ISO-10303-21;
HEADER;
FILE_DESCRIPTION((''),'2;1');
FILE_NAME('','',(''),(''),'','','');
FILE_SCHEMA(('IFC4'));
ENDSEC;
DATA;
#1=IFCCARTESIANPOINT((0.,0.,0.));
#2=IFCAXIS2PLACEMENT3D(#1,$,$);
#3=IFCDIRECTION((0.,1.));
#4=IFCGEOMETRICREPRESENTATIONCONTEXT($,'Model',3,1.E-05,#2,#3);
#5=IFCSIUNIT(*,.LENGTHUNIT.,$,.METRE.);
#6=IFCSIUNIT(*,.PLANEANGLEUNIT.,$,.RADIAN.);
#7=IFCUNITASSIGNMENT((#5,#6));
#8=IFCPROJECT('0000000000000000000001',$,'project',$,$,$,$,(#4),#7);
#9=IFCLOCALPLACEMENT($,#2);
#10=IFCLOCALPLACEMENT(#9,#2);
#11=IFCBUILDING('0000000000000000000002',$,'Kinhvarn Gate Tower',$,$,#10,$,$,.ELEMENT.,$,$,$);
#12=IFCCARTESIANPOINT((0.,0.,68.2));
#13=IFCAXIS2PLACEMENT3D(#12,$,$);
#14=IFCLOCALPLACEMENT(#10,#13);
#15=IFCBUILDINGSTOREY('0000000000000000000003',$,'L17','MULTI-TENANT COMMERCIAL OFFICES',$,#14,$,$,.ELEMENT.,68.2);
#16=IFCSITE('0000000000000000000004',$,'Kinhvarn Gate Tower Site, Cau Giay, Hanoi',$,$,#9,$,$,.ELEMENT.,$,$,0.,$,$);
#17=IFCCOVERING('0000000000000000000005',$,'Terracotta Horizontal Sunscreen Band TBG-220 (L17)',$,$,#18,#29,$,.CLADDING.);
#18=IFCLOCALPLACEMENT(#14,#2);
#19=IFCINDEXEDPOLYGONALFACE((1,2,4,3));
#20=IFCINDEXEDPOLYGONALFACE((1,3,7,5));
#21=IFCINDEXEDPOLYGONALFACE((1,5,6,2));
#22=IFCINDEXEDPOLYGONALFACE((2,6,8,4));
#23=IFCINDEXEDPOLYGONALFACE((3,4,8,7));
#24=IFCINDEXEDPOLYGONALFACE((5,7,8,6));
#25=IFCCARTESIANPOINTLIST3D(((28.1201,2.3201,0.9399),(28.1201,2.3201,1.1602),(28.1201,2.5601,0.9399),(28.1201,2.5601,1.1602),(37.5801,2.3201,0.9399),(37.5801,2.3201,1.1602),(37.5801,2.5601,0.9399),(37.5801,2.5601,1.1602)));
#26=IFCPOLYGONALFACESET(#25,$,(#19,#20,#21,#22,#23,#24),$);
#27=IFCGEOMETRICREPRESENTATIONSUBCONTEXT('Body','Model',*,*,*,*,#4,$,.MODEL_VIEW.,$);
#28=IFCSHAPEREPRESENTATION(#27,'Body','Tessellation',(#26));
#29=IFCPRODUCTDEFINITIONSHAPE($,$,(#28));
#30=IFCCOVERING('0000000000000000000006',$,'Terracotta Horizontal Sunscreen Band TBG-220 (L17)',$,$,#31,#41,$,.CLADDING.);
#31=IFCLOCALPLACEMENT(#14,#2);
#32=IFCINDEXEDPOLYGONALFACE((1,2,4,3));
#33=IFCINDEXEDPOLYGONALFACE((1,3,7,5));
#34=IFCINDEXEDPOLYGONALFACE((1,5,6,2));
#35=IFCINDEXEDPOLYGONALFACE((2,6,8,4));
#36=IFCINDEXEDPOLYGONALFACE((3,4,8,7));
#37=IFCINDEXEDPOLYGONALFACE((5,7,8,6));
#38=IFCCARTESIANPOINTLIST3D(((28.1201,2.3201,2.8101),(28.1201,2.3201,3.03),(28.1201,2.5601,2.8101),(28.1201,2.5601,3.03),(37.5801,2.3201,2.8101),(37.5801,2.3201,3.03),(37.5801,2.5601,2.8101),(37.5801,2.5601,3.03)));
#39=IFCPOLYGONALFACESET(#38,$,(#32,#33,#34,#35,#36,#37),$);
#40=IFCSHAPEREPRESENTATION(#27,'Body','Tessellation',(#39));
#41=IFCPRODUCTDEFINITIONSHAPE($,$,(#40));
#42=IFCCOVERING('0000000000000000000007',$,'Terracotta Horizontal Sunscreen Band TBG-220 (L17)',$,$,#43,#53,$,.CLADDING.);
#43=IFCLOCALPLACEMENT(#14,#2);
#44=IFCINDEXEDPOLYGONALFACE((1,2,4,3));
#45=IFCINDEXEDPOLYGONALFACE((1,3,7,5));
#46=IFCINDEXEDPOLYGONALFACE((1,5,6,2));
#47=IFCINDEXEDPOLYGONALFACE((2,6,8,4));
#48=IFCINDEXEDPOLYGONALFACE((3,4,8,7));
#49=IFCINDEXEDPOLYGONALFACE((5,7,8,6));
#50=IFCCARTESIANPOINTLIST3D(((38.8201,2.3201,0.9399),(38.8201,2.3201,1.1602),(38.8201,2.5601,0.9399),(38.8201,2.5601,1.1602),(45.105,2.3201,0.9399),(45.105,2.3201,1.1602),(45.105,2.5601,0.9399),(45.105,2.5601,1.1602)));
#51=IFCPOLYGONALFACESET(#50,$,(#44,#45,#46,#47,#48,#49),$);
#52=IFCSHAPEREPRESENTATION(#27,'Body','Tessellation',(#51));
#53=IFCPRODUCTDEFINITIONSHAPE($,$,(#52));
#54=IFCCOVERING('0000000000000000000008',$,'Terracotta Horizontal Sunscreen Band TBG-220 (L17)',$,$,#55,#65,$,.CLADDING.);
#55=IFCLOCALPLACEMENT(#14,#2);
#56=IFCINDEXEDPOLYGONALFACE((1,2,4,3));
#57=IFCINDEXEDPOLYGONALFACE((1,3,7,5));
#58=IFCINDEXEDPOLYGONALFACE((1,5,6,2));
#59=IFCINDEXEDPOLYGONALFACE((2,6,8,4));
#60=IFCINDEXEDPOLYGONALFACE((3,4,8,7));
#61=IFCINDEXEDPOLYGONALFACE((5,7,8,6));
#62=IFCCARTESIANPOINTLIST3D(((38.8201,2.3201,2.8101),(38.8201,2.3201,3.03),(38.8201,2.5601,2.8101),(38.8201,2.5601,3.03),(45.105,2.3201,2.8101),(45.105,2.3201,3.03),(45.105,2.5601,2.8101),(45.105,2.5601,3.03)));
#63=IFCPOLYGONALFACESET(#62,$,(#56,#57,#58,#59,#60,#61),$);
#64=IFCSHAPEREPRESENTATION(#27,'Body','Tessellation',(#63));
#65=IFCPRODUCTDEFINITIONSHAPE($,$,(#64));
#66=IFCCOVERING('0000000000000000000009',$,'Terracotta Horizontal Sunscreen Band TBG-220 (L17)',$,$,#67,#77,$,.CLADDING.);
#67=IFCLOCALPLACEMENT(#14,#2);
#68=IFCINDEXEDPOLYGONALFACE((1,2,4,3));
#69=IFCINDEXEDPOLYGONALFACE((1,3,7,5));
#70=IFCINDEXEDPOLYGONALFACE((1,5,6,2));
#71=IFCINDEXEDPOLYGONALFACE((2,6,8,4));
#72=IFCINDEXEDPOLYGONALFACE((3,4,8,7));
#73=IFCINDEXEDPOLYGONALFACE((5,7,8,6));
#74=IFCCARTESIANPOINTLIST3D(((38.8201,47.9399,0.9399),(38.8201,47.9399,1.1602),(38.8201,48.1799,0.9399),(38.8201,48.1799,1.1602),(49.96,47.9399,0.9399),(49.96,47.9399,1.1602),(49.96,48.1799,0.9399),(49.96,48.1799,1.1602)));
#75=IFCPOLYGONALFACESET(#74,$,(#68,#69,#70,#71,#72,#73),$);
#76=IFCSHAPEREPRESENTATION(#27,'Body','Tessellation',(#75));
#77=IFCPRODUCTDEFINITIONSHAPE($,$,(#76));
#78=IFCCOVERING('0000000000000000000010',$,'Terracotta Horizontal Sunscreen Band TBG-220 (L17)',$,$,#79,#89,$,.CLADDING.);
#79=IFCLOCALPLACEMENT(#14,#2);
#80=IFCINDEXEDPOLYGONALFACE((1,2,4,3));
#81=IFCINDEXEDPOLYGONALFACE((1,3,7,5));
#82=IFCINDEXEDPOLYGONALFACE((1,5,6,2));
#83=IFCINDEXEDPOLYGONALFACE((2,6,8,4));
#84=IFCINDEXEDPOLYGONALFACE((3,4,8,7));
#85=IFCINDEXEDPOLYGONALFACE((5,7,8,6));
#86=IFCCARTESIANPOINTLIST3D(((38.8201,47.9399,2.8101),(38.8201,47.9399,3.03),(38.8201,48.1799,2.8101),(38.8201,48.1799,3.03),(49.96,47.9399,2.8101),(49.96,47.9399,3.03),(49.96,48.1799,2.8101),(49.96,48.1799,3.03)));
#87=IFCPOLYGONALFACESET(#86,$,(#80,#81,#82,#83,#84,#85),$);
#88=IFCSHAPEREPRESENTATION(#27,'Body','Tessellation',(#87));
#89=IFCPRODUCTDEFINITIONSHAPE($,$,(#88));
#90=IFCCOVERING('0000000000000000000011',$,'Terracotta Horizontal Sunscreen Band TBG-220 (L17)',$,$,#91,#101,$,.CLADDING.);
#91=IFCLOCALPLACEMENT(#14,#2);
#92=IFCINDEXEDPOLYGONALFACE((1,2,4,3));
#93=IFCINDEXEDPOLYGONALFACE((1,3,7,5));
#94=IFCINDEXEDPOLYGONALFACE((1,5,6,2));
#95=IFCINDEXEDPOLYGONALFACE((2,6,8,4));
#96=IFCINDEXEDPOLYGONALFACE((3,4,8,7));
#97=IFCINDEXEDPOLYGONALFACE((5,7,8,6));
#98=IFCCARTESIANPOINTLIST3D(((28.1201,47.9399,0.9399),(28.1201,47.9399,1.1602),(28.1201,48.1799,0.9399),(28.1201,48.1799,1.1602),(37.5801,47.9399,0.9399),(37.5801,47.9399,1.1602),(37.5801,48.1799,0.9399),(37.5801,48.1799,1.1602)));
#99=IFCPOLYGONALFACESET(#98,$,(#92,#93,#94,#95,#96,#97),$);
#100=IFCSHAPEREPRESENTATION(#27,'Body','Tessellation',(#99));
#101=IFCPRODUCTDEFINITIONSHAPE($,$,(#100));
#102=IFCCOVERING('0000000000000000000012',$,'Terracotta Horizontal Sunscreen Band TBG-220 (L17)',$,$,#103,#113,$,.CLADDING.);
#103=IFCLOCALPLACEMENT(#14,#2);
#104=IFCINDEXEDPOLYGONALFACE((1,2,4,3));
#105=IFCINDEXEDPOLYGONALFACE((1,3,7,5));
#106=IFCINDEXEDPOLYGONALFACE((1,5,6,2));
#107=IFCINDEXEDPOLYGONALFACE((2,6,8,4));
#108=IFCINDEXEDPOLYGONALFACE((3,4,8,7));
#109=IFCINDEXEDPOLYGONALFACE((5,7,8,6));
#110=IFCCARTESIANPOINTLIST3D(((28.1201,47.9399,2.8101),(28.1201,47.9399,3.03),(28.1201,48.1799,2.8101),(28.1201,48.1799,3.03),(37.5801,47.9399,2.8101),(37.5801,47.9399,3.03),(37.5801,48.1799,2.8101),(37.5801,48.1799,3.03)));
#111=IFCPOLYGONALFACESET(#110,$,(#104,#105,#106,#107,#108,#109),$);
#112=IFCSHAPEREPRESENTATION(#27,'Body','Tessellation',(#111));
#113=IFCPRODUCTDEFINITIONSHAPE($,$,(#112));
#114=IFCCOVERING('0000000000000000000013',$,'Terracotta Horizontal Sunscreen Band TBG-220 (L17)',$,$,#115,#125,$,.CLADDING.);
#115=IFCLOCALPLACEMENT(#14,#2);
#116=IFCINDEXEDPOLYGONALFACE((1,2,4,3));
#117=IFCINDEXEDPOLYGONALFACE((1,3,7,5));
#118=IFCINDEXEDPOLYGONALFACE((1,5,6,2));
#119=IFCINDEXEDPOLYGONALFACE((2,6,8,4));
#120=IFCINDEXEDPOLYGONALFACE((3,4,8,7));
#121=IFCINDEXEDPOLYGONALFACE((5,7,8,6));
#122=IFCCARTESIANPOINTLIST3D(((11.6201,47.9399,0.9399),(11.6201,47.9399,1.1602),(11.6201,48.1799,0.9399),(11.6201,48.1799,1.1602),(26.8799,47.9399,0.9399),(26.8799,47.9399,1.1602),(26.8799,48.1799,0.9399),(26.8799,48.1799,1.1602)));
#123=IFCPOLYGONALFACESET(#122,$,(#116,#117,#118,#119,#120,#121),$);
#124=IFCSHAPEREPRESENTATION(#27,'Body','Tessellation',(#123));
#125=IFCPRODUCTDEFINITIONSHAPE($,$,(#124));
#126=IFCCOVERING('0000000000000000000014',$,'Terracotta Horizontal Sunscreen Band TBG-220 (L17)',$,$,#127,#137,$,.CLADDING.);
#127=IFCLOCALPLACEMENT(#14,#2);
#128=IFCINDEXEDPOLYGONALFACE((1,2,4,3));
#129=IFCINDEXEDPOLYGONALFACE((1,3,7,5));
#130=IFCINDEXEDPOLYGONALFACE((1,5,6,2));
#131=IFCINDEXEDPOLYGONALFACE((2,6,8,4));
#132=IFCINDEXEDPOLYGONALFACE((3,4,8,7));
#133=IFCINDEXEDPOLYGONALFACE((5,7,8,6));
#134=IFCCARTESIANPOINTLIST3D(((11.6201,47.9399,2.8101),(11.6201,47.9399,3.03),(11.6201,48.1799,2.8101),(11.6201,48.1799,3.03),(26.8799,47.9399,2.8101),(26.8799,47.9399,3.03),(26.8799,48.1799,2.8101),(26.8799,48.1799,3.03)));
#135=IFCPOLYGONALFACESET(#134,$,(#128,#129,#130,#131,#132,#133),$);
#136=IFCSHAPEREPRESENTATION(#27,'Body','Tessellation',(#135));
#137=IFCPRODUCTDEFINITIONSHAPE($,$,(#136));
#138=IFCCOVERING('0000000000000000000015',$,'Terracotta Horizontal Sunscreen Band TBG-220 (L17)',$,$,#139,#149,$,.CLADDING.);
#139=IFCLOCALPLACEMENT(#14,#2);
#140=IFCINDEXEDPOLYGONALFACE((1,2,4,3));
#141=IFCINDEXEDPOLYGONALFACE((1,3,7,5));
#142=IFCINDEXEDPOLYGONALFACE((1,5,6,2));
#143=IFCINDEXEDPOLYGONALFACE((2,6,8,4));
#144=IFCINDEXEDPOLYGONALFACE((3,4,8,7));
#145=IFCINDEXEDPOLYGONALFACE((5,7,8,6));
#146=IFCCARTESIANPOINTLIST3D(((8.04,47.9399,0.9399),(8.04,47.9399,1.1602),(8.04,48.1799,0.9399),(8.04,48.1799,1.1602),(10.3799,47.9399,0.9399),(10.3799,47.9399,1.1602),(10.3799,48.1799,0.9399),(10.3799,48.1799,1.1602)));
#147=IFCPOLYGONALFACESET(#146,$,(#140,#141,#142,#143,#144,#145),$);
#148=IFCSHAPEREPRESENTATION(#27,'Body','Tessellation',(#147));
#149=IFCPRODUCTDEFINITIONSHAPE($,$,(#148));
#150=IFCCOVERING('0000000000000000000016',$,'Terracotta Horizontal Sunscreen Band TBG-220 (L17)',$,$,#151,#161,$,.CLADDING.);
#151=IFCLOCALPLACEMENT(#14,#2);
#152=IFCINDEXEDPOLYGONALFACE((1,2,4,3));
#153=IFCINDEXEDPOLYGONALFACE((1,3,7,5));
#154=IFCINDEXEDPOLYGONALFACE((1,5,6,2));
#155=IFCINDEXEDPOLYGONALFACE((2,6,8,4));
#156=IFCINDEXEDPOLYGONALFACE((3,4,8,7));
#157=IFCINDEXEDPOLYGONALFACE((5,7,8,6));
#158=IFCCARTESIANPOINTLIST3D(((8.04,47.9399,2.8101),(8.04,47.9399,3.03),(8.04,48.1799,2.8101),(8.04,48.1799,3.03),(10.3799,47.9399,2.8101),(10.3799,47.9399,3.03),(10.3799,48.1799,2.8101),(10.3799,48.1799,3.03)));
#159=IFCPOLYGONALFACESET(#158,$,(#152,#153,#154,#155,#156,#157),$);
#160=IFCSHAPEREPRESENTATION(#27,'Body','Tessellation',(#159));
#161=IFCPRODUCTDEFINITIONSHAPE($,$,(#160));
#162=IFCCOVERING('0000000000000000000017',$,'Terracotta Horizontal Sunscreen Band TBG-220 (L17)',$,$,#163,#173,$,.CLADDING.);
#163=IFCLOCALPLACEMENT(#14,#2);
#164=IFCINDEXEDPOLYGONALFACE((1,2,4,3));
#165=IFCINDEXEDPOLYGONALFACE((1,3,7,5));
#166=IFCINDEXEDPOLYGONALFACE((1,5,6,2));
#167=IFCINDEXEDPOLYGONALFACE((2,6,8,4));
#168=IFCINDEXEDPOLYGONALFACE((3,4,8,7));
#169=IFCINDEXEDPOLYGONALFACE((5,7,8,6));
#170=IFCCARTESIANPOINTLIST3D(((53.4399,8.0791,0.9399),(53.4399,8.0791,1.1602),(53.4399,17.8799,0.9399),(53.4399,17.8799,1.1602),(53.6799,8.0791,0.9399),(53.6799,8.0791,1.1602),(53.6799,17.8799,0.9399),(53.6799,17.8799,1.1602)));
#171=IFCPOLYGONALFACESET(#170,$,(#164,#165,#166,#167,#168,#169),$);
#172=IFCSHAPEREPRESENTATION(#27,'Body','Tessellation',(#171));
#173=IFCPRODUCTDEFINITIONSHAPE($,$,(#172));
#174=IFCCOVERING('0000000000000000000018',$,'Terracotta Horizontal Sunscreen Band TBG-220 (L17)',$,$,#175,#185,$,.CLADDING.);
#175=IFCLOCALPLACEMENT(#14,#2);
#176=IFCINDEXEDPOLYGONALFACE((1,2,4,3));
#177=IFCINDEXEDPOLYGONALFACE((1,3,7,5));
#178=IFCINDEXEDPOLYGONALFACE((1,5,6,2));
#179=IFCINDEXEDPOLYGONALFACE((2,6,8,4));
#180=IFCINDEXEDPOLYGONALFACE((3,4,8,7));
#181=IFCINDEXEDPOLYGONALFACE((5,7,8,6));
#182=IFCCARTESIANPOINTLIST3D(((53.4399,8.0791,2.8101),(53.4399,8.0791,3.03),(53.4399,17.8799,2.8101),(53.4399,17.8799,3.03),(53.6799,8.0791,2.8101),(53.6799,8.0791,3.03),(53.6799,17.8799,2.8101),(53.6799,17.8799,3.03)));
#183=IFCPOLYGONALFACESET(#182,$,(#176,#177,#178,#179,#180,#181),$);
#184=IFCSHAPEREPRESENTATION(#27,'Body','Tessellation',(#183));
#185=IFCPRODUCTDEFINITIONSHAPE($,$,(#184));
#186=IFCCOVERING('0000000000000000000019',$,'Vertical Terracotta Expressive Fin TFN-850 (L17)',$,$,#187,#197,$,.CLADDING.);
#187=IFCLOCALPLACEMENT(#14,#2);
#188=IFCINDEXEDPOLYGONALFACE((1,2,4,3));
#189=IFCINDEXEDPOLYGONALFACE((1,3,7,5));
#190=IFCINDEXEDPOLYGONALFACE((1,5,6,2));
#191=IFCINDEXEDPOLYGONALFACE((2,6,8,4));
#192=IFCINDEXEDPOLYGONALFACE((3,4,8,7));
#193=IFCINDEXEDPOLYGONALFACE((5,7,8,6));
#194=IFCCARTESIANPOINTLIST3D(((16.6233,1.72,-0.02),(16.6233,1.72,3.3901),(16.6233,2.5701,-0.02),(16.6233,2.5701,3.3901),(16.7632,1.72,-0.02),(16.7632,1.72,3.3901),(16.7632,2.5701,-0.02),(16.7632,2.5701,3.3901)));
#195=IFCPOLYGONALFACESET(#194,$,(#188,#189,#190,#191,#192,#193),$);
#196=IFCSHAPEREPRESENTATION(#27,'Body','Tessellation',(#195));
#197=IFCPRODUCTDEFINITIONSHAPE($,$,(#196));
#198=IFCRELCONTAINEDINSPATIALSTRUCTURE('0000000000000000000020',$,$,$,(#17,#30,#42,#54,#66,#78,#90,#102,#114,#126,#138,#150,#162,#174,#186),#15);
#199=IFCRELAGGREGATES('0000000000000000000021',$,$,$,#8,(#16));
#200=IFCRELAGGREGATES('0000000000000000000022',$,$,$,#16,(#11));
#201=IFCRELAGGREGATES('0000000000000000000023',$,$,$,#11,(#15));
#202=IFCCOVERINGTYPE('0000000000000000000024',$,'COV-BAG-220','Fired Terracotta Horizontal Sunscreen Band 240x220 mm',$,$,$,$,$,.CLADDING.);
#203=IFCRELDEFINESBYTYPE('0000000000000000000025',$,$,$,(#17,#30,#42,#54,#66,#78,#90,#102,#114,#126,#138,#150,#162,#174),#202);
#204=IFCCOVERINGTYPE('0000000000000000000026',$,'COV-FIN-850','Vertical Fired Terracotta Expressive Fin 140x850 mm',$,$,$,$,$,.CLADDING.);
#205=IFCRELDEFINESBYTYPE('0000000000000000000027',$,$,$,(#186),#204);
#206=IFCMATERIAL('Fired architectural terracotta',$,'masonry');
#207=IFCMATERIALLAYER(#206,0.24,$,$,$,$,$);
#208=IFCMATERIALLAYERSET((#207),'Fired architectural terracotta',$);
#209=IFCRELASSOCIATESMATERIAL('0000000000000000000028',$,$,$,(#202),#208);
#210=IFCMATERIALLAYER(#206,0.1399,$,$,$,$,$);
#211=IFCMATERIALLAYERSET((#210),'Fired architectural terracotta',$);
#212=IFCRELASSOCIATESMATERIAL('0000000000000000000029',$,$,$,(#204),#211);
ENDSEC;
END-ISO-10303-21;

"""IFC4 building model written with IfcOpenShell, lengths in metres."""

from ifc_helpers import new_model, si_unit, direction, frame, origin, place, context, subcontext, project, spatial, polyline, outline, extrude, material, layer, layer_set, type_object, element, save


model = new_model("IFC4")

# Units and contexts
model_context = context("Model", 3, precision=1e-05, world=origin(), true_north=direction((0.0, 1.0)))
body_context = subcontext(model_context, "Body", "Model", "MODEL_VIEW")
ifc_project = project(units=[si_unit("LENGTHUNIT", "METRE"), si_unit("PLANEANGLEUNIT", "RADIAN")], contexts=[model_context])

# Site, building, storey
site_placement = place(None, origin())
site = spatial("IfcSite", under=ifc_project, at=site_placement, Name="Kinhvarn Gate Tower Site, Cau Giay, Hanoi", CompositionType="ELEMENT", RefElevation=0.0)
building_placement = place(site_placement, origin())
building = spatial("IfcBuilding", under=site, at=building_placement, Name="Kinhvarn Gate Tower", CompositionType="ELEMENT")
storey_placement = place(building_placement, frame((0.0, 0.0, 68.2)))
storey = spatial("IfcBuildingStorey", under=building, at=storey_placement, Name="L17", Description="MULTI-TENANT COMMERCIAL OFFICES", CompositionType="ELEMENT", Elevation=68.2)

# Coverings
ifc_material_1 = material(Name="Fired architectural terracotta", Category="masonry")
ifc_layer_1 = layer(ifc_material_1, 0.24)
ifc_layer_set_1 = layer_set([ifc_layer_1], Name="Fired architectural terracotta")
covering_type_1 = type_object("IfcCoveringType", Name="COV-BAG-220", Description="Fired Terracotta Horizontal Sunscreen Band 240x220 mm", PredefinedType="CLADDING", material=ifc_layer_set_1)
covering_1_placement = place(storey_placement, frame((0.0, 0.0, 0.9399)))
element("IfcCovering", 1, at=covering_1_placement, inside=storey, type_object=covering_type_1, Name="Terracotta Horizontal Sunscreen Band TBG-220 (L17)", PredefinedType="CLADDING", context=body_context, shape_type="SweptSolid", body=[
    extrude(outline(polyline([(28.1201, 2.5601), (37.5801, 2.5601), (37.5801, 2.3201), (28.1201, 2.3201), (28.1201, 2.5601)])), origin(), (0.0, 0.0, 1.0), 0.2202),
])
covering_2_placement = place(storey_placement, frame((0.0, 0.0, 2.8101)))
element("IfcCovering", 2, at=covering_2_placement, inside=storey, type_object=covering_type_1, Name="Terracotta Horizontal Sunscreen Band TBG-220 (L17)", PredefinedType="CLADDING", context=body_context, shape_type="SweptSolid", body=[
    extrude(outline(polyline([(28.1201, 2.5601), (37.5801, 2.5601), (37.5801, 2.3201), (28.1201, 2.3201), (28.1201, 2.5601)])), origin(), (0.0, 0.0, 1.0), 0.22),
])
covering_3_placement = place(storey_placement, frame((0.0, 0.0, 0.9399)))
element("IfcCovering", 3, at=covering_3_placement, inside=storey, type_object=covering_type_1, Name="Terracotta Horizontal Sunscreen Band TBG-220 (L17)", PredefinedType="CLADDING", context=body_context, shape_type="SweptSolid", body=[
    extrude(outline(polyline([(38.8201, 2.5601), (45.105, 2.5601), (45.105, 2.3201), (38.8201, 2.3201), (38.8201, 2.5601)])), origin(), (0.0, 0.0, 1.0), 0.2202),
])
covering_4_placement = place(storey_placement, frame((0.0, 0.0, 2.8101)))
element("IfcCovering", 4, at=covering_4_placement, inside=storey, type_object=covering_type_1, Name="Terracotta Horizontal Sunscreen Band TBG-220 (L17)", PredefinedType="CLADDING", context=body_context, shape_type="SweptSolid", body=[
    extrude(outline(polyline([(38.8201, 2.5601), (45.105, 2.5601), (45.105, 2.3201), (38.8201, 2.3201), (38.8201, 2.5601)])), origin(), (0.0, 0.0, 1.0), 0.22),
])
covering_5_placement = place(storey_placement, frame((0.0, 0.0, 0.9399)))
element("IfcCovering", 5, at=covering_5_placement, inside=storey, type_object=covering_type_1, Name="Terracotta Horizontal Sunscreen Band TBG-220 (L17)", PredefinedType="CLADDING", context=body_context, shape_type="SweptSolid", body=[
    extrude(outline(polyline([(49.96, 47.9399), (38.8201, 47.9399), (38.8201, 48.1799), (49.96, 48.1799), (49.96, 47.9399)])), origin(), (0.0, 0.0, 1.0), 0.2202),
])
covering_6_placement = place(storey_placement, frame((0.0, 0.0, 2.8101)))
element("IfcCovering", 6, at=covering_6_placement, inside=storey, type_object=covering_type_1, Name="Terracotta Horizontal Sunscreen Band TBG-220 (L17)", PredefinedType="CLADDING", context=body_context, shape_type="SweptSolid", body=[
    extrude(outline(polyline([(49.96, 47.9399), (38.8201, 47.9399), (38.8201, 48.1799), (49.96, 48.1799), (49.96, 47.9399)])), origin(), (0.0, 0.0, 1.0), 0.22),
])
covering_7_placement = place(storey_placement, frame((0.0, 0.0, 0.9399)))
element("IfcCovering", 7, at=covering_7_placement, inside=storey, type_object=covering_type_1, Name="Terracotta Horizontal Sunscreen Band TBG-220 (L17)", PredefinedType="CLADDING", context=body_context, shape_type="SweptSolid", body=[
    extrude(outline(polyline([(37.5801, 47.9399), (28.1201, 47.9399), (28.1201, 48.1799), (37.5801, 48.1799), (37.5801, 47.9399)])), origin(), (0.0, 0.0, 1.0), 0.2202),
])
covering_8_placement = place(storey_placement, frame((0.0, 0.0, 2.8101)))
element("IfcCovering", 8, at=covering_8_placement, inside=storey, type_object=covering_type_1, Name="Terracotta Horizontal Sunscreen Band TBG-220 (L17)", PredefinedType="CLADDING", context=body_context, shape_type="SweptSolid", body=[
    extrude(outline(polyline([(37.5801, 47.9399), (28.1201, 47.9399), (28.1201, 48.1799), (37.5801, 48.1799), (37.5801, 47.9399)])), origin(), (0.0, 0.0, 1.0), 0.22),
])
covering_9_placement = place(storey_placement, frame((0.0, 0.0, 0.9399)))
element("IfcCovering", 9, at=covering_9_placement, inside=storey, type_object=covering_type_1, Name="Terracotta Horizontal Sunscreen Band TBG-220 (L17)", PredefinedType="CLADDING", context=body_context, shape_type="SweptSolid", body=[
    extrude(outline(polyline([(26.8799, 47.9399), (11.6201, 47.9399), (11.6201, 48.1799), (26.8799, 48.1799), (26.8799, 47.9399)])), origin(), (0.0, 0.0, 1.0), 0.2202),
])
covering_10_placement = place(storey_placement, frame((0.0, 0.0, 2.8101)))
element("IfcCovering", 10, at=covering_10_placement, inside=storey, type_object=covering_type_1, Name="Terracotta Horizontal Sunscreen Band TBG-220 (L17)", PredefinedType="CLADDING", context=body_context, shape_type="SweptSolid", body=[
    extrude(outline(polyline([(26.8799, 47.9399), (11.6201, 47.9399), (11.6201, 48.1799), (26.8799, 48.1799), (26.8799, 47.9399)])), origin(), (0.0, 0.0, 1.0), 0.22),
])
covering_11_placement = place(storey_placement, frame((0.0, 0.0, 0.9399)))
element("IfcCovering", 11, at=covering_11_placement, inside=storey, type_object=covering_type_1, Name="Terracotta Horizontal Sunscreen Band TBG-220 (L17)", PredefinedType="CLADDING", context=body_context, shape_type="SweptSolid", body=[
    extrude(outline(polyline([(10.3799, 47.9399), (8.04, 47.9399), (8.04, 48.1799), (10.3799, 48.1799), (10.3799, 47.9399)])), origin(), (0.0, 0.0, 1.0), 0.2202),
])
covering_12_placement = place(storey_placement, frame((0.0, 0.0, 2.8101)))
element("IfcCovering", 12, at=covering_12_placement, inside=storey, type_object=covering_type_1, Name="Terracotta Horizontal Sunscreen Band TBG-220 (L17)", PredefinedType="CLADDING", context=body_context, shape_type="SweptSolid", body=[
    extrude(outline(polyline([(10.3799, 47.9399), (8.04, 47.9399), (8.04, 48.1799), (10.3799, 48.1799), (10.3799, 47.9399)])), origin(), (0.0, 0.0, 1.0), 0.22),
])
covering_13_placement = place(storey_placement, frame((0.0, 0.0, 0.9399)))
element("IfcCovering", 13, at=covering_13_placement, inside=storey, type_object=covering_type_1, Name="Terracotta Horizontal Sunscreen Band TBG-220 (L17)", PredefinedType="CLADDING", context=body_context, shape_type="SweptSolid", body=[
    extrude(outline(polyline([(53.4399, 8.0791), (53.4399, 17.8799), (53.6799, 17.8799), (53.6799, 8.0791), (53.4399, 8.0791)])), origin(), (0.0, 0.0, 1.0), 0.2202),
])
covering_14_placement = place(storey_placement, frame((0.0, 0.0, 2.8101)))
element("IfcCovering", 14, at=covering_14_placement, inside=storey, type_object=covering_type_1, Name="Terracotta Horizontal Sunscreen Band TBG-220 (L17)", PredefinedType="CLADDING", context=body_context, shape_type="SweptSolid", body=[
    extrude(outline(polyline([(53.4399, 8.0791), (53.4399, 17.8799), (53.6799, 17.8799), (53.6799, 8.0791), (53.4399, 8.0791)])), origin(), (0.0, 0.0, 1.0), 0.22),
])
ifc_layer_2 = layer(ifc_material_1, 0.1399)
ifc_layer_set_2 = layer_set([ifc_layer_2], Name="Fired architectural terracotta")
covering_type_2 = type_object("IfcCoveringType", Name="COV-FIN-850", Description="Vertical Fired Terracotta Expressive Fin 140x850 mm", PredefinedType="CLADDING", material=ifc_layer_set_2)
covering_15_placement = place(storey_placement, frame((0.0, 0.0, -0.02)))
element("IfcCovering", 15, at=covering_15_placement, inside=storey, type_object=covering_type_2, Name="Vertical Terracotta Expressive Fin TFN-850 (L17)", PredefinedType="CLADDING", context=body_context, shape_type="SweptSolid", body=[
    extrude(outline(polyline([(16.6233, 2.5701), (16.7632, 2.5701), (16.7632, 1.72), (16.6233, 1.72), (16.6233, 2.5701)])), origin(), (0.0, 0.0, 1.0), 3.4102),
])

save(model, "model.ifc")
